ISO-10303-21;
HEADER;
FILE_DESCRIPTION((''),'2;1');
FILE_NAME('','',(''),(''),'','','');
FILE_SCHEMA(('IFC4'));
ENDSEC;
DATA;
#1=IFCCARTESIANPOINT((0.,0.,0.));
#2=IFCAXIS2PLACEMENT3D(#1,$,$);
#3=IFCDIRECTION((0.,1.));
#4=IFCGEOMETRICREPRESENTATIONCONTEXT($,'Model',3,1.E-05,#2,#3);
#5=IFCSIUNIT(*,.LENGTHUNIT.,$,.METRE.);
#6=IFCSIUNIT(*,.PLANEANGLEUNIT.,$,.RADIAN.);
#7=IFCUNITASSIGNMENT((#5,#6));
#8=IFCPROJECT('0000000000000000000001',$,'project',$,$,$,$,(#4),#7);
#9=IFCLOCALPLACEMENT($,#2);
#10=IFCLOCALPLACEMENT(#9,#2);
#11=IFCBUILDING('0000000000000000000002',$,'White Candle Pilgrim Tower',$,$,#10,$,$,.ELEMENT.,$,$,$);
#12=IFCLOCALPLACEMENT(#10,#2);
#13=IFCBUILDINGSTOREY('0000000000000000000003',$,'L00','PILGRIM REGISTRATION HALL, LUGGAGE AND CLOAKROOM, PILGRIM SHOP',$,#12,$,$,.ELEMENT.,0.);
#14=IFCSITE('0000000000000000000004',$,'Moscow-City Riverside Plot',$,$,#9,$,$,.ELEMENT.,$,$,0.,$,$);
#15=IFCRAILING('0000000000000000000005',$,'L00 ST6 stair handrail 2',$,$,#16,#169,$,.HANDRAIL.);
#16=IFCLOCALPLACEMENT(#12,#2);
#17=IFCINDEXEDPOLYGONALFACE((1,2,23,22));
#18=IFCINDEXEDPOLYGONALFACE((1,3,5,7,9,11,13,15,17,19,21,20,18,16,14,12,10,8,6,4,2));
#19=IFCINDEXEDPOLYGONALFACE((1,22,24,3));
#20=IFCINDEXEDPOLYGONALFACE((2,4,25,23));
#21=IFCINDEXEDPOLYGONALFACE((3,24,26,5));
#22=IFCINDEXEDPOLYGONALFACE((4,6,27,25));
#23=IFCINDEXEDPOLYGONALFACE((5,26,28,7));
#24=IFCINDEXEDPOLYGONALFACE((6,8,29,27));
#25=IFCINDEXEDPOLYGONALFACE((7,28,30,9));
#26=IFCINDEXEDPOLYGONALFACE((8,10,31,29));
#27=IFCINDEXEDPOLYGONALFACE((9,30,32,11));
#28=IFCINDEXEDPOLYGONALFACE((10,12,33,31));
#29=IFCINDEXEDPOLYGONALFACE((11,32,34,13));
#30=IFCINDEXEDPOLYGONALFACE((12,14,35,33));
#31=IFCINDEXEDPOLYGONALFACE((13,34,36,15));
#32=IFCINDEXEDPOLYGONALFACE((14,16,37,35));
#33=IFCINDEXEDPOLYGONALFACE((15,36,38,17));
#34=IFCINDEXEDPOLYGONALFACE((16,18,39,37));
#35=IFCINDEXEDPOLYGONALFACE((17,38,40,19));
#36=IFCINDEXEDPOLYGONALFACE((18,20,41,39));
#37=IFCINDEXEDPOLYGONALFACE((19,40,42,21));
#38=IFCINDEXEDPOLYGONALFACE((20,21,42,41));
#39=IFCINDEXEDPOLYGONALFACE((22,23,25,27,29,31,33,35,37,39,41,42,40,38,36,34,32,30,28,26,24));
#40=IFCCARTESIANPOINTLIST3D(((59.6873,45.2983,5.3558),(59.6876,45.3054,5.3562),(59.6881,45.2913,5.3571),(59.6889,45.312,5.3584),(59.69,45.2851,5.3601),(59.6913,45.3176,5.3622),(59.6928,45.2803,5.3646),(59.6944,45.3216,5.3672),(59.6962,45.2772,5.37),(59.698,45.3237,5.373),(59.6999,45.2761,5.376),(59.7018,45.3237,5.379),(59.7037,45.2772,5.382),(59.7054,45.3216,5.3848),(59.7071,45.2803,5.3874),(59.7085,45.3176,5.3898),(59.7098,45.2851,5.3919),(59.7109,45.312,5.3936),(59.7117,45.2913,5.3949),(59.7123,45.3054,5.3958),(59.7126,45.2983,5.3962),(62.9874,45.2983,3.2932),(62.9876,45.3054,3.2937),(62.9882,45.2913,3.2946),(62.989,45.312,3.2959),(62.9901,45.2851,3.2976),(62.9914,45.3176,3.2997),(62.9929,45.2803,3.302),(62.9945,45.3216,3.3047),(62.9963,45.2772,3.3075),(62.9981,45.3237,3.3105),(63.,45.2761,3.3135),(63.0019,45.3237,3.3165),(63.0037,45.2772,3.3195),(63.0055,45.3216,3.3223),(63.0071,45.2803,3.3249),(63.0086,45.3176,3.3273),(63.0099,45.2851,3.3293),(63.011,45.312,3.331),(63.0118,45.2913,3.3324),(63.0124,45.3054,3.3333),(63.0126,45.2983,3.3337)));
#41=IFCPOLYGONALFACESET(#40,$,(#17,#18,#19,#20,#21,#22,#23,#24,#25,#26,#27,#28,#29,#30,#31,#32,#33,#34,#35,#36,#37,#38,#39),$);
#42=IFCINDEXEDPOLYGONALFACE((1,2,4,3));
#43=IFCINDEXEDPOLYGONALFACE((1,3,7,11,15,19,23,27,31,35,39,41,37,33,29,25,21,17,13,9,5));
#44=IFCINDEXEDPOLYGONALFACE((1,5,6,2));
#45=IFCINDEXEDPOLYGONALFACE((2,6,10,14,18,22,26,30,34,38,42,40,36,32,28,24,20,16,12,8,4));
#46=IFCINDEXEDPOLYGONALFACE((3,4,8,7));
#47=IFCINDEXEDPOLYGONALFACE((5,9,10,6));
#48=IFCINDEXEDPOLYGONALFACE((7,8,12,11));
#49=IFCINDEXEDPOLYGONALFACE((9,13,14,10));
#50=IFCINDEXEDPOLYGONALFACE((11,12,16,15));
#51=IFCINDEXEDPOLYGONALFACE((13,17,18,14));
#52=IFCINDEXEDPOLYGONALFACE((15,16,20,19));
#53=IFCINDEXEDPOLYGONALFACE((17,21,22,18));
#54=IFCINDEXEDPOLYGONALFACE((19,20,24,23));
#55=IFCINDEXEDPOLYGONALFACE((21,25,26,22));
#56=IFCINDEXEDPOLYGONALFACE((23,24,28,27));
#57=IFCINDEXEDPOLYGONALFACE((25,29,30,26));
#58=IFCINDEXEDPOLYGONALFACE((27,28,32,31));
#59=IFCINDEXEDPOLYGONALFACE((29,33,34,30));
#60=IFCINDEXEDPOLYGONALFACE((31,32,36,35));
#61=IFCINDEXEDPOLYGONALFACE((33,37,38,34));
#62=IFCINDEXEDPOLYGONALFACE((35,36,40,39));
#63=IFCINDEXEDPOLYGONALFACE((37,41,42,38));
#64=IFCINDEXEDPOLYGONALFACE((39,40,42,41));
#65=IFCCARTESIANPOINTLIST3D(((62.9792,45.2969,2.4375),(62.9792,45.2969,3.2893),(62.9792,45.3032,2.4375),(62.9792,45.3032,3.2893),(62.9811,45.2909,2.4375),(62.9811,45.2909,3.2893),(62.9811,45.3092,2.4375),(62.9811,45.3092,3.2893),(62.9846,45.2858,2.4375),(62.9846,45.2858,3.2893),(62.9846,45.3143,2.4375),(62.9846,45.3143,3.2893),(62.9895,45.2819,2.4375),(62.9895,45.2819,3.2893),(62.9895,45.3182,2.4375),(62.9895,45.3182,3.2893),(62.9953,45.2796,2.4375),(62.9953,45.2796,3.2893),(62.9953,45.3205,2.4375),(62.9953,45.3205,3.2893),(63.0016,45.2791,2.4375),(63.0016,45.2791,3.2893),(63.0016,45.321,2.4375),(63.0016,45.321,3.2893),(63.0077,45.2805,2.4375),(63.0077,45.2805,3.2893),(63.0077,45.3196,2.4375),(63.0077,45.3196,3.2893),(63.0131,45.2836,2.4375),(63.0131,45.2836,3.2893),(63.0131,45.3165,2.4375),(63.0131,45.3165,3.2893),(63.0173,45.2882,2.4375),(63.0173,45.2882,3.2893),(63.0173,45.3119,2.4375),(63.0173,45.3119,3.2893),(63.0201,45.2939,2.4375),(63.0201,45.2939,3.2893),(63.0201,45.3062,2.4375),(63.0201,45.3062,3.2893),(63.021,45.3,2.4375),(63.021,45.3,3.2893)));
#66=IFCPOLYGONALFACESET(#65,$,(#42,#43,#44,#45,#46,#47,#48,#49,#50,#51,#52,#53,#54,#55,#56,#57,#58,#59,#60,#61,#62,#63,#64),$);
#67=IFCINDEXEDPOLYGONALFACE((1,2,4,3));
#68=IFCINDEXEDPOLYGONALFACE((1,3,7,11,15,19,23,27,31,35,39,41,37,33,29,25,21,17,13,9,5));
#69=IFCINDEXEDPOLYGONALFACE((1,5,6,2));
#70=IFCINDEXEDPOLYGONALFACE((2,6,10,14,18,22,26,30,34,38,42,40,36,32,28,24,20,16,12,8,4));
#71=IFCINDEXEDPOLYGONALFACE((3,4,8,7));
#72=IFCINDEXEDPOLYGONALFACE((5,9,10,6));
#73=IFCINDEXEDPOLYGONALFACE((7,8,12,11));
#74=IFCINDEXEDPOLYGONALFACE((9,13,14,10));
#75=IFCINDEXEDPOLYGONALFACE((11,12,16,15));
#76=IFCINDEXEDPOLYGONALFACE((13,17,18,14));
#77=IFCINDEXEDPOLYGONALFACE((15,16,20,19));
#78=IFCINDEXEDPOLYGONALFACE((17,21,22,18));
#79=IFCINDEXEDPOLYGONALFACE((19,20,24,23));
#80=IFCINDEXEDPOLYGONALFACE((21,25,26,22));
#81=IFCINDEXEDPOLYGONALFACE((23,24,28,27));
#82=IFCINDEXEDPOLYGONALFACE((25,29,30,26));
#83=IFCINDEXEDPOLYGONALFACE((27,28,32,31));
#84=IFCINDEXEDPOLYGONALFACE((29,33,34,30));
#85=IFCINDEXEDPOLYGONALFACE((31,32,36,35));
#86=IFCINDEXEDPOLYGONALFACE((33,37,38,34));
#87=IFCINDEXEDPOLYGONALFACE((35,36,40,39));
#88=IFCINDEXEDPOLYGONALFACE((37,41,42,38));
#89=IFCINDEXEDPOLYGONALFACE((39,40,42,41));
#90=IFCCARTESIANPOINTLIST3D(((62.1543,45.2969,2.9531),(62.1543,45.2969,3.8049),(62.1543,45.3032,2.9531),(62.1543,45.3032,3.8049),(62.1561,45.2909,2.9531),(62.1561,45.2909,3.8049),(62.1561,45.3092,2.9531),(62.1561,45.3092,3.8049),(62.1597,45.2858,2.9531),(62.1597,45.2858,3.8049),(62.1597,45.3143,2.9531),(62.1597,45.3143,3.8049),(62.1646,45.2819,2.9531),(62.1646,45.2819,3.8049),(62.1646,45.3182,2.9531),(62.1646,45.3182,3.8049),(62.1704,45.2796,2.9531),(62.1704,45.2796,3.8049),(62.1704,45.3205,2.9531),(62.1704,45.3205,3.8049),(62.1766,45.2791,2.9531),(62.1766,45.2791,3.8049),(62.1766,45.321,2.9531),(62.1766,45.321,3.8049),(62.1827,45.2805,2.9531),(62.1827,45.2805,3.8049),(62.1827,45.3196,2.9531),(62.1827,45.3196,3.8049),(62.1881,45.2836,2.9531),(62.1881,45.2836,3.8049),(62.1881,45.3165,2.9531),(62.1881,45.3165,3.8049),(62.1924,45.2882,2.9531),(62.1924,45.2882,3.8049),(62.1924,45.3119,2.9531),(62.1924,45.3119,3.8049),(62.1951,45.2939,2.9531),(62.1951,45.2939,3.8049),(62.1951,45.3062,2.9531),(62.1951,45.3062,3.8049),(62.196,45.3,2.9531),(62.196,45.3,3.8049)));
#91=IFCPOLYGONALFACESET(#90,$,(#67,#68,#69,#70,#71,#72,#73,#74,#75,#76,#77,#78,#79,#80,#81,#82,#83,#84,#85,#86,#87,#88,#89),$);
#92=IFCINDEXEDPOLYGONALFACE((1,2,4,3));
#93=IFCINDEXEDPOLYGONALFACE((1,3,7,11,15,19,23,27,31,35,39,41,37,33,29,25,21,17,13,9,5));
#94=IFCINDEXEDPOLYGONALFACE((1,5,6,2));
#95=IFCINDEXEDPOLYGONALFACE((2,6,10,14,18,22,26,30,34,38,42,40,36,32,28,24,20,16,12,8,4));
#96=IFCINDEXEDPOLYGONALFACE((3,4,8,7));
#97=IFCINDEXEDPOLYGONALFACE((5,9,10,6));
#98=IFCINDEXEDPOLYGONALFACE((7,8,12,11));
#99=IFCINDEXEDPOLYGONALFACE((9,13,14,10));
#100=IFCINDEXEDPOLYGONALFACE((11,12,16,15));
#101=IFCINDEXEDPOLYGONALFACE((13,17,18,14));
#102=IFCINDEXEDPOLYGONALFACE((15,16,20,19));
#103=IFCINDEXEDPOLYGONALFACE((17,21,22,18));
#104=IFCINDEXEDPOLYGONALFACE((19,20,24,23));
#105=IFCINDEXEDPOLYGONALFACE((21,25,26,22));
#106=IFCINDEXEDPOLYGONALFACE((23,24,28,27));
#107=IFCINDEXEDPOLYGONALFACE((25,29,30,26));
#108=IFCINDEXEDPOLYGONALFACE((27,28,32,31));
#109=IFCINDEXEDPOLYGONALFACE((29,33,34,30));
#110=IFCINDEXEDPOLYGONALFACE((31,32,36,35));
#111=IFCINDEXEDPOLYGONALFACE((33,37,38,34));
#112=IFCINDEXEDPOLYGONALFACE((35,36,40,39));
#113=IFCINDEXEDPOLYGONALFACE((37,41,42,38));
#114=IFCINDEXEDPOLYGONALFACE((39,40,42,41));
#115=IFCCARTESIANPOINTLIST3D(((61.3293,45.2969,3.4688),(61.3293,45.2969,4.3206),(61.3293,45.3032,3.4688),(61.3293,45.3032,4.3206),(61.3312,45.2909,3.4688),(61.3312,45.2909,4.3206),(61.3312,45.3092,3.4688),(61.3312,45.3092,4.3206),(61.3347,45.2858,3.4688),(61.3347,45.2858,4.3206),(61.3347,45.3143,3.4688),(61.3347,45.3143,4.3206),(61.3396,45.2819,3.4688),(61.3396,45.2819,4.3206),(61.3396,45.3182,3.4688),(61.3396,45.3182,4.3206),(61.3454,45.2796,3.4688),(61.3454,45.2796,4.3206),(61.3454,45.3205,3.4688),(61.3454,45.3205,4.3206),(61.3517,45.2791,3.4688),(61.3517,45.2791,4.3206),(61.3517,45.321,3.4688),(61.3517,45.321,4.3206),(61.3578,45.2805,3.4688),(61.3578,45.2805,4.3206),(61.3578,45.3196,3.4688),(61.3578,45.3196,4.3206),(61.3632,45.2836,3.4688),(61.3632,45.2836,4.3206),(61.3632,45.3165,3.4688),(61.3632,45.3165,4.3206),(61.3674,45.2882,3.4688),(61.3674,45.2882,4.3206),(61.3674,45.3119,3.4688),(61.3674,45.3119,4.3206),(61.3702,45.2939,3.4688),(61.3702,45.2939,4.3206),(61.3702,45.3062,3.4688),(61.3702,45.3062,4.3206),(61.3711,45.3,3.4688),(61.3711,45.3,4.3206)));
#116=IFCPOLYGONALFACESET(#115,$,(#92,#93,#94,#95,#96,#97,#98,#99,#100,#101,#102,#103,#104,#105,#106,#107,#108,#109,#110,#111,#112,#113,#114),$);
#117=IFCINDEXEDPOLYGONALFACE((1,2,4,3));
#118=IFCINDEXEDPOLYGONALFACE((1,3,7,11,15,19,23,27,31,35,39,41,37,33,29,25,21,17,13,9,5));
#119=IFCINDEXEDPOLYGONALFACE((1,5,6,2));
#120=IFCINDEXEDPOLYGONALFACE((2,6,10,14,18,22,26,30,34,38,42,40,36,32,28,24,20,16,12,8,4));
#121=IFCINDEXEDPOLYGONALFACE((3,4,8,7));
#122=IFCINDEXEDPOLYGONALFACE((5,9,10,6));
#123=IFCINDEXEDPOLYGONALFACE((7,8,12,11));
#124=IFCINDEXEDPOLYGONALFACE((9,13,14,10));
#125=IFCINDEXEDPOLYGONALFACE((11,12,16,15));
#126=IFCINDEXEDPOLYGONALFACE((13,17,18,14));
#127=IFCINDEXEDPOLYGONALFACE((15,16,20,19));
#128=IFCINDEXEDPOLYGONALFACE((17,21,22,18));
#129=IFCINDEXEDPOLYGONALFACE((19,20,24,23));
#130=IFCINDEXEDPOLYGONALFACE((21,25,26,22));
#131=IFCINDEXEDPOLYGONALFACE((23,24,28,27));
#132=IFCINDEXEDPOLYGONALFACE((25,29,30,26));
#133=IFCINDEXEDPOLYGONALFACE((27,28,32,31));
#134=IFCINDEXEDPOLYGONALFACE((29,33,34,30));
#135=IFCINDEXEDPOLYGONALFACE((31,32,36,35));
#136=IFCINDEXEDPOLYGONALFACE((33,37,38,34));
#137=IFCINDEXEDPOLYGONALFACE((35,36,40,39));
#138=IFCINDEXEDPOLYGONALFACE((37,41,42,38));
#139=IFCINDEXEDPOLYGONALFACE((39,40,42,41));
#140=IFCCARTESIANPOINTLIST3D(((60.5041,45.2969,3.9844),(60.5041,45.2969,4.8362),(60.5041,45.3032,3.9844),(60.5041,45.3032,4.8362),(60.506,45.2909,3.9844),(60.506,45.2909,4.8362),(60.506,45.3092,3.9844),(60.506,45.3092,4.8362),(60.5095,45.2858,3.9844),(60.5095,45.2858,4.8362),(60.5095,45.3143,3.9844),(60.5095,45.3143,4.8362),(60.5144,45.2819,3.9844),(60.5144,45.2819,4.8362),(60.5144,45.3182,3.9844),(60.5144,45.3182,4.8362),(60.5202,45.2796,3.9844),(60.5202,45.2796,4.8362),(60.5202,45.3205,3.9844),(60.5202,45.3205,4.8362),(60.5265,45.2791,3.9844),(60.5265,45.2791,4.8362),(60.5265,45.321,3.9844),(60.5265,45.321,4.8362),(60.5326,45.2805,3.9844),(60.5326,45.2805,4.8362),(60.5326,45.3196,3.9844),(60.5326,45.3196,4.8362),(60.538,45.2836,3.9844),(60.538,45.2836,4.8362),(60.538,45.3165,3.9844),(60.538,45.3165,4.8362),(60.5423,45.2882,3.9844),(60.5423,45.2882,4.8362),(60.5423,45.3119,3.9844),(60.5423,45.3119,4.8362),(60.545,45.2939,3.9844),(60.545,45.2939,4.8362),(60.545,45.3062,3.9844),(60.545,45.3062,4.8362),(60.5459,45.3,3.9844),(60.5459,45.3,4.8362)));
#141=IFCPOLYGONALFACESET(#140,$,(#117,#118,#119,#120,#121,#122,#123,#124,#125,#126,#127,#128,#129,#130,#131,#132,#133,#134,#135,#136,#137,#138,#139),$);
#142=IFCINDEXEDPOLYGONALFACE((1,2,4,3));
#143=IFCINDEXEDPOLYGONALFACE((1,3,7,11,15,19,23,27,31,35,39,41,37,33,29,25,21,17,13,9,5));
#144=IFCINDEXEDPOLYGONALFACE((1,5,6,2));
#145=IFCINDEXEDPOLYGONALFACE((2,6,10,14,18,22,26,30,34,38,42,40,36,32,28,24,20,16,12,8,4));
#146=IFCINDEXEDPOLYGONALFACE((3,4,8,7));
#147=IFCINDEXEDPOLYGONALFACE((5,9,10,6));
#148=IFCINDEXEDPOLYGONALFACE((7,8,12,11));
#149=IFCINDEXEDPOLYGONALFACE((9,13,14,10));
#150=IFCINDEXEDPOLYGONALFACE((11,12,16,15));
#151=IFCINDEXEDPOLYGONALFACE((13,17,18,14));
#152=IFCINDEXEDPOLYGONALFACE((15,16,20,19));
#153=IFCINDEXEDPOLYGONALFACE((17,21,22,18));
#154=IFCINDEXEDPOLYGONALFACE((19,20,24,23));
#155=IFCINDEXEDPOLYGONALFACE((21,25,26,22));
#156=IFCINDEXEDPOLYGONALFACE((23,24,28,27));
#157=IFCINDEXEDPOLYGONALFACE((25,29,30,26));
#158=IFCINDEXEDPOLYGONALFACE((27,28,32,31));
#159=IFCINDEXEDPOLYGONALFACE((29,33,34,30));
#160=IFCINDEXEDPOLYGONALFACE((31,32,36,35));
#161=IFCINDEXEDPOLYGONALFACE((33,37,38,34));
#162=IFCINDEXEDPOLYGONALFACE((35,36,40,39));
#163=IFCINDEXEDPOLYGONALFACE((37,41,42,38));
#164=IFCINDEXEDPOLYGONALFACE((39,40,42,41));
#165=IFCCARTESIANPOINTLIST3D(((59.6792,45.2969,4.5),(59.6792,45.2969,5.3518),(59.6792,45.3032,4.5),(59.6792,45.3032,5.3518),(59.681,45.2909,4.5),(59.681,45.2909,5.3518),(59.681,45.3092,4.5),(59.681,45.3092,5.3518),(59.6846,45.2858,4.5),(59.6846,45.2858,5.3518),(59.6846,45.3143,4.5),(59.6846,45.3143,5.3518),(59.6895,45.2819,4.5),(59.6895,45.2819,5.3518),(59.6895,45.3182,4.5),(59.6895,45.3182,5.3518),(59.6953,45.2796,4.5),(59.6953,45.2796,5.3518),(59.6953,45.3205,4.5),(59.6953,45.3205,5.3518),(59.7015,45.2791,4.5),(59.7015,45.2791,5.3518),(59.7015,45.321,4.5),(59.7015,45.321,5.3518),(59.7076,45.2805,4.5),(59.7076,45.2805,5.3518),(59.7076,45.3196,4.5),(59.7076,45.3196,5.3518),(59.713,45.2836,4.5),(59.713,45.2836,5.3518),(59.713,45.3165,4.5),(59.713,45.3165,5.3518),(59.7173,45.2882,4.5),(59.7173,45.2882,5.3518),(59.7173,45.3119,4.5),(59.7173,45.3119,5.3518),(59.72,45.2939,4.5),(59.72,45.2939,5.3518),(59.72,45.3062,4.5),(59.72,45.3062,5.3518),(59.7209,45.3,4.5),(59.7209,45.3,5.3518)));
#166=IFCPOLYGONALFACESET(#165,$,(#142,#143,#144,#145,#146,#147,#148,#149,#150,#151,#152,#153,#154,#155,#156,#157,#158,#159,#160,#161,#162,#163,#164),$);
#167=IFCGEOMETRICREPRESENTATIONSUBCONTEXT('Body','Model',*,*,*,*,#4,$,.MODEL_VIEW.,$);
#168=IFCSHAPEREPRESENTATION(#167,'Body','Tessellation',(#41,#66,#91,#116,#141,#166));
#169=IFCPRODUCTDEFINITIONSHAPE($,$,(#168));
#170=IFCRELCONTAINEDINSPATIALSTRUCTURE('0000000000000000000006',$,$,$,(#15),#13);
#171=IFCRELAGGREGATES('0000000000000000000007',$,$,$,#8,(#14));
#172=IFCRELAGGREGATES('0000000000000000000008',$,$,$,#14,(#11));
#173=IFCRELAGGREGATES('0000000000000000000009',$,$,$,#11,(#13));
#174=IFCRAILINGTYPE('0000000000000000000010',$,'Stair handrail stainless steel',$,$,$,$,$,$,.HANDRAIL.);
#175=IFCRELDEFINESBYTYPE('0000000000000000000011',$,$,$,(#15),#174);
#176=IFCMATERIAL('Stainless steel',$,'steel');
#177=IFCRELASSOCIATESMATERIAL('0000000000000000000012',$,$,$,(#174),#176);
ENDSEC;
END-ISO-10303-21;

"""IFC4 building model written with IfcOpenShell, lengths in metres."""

from ifc_helpers import new_model, si_unit, direction, frame, origin, origin_2d, place, context, subcontext, project, spatial, circle, extrude, material, type_object, element, save


model = new_model("IFC4")

# Units and contexts
model_context = context("Model", 3, precision=1e-05, world=origin(), true_north=direction((0.0, 1.0)))
body_context = subcontext(model_context, "Body", "Model", "MODEL_VIEW")
ifc_project = project(units=[si_unit("LENGTHUNIT", "METRE"), si_unit("PLANEANGLEUNIT", "RADIAN")], contexts=[model_context])

# Site, building, storey
site_placement = place(None, origin())
site = spatial("IfcSite", under=ifc_project, at=site_placement, Name="Moscow-City Riverside Plot", CompositionType="ELEMENT", RefElevation=0.0)
building_placement = place(site_placement, origin())
building = spatial("IfcBuilding", under=site, at=building_placement, Name="White Candle Pilgrim Tower", CompositionType="ELEMENT")
storey_placement = place(building_placement, origin())
storey = spatial("IfcBuildingStorey", under=building, at=storey_placement, Name="L00", Description="PILGRIM REGISTRATION HALL, LUGGAGE AND CLOAKROOM, PILGRIM SHOP", CompositionType="ELEMENT", Elevation=0.0)

# Railing
ifc_material_1 = material(Name="Stainless steel", Category="steel")
railing_type_1 = type_object("IfcRailingType", Name="Stair handrail stainless steel", PredefinedType="HANDRAIL", material=ifc_material_1)
railing_1_placement = place(storey_placement, frame((63.0, 45.3, 2.4375)))
element("IfcRailing", 1, at=railing_1_placement, inside=storey, type_object=railing_type_1, Name="L00 ST6 stair handrail 2", PredefinedType="HANDRAIL", context=body_context, shape_type="SweptSolid", body=[
    extrude(circle(Radius=0.0239, at=origin_2d()), frame((0.0, 0.0, 0.876), z_axis=(-0.848002, 0.0, 0.529993), x_axis=(0.0, -1.0, 0.0)), (0.0, 0.0, 1.0), 3.8916),
    extrude(circle(Radius=0.021, at=origin_2d()), origin(), (0.0, 0.0, 1.0), 0.8518),
    extrude(circle(Radius=0.021, at=origin_2d()), frame((-0.825, 0.0, 0.5156)), (0.0, 0.0, 1.0), 0.8518),
    extrude(circle(Radius=0.021, at=origin_2d()), frame((-1.6499, 0.0, 1.0312)), (0.0, 0.0, 1.0), 0.8518),
    extrude(circle(Radius=0.021, at=origin_2d()), frame((-2.4751, 0.0, 1.5469)), (0.0, 0.0, 1.0), 0.8518),
    extrude(circle(Radius=0.021, at=origin_2d()), frame((-3.3, 0.0, 2.0625)), (0.0, 0.0, 1.0), 0.8518),
])

save(model, "model.ifc")
